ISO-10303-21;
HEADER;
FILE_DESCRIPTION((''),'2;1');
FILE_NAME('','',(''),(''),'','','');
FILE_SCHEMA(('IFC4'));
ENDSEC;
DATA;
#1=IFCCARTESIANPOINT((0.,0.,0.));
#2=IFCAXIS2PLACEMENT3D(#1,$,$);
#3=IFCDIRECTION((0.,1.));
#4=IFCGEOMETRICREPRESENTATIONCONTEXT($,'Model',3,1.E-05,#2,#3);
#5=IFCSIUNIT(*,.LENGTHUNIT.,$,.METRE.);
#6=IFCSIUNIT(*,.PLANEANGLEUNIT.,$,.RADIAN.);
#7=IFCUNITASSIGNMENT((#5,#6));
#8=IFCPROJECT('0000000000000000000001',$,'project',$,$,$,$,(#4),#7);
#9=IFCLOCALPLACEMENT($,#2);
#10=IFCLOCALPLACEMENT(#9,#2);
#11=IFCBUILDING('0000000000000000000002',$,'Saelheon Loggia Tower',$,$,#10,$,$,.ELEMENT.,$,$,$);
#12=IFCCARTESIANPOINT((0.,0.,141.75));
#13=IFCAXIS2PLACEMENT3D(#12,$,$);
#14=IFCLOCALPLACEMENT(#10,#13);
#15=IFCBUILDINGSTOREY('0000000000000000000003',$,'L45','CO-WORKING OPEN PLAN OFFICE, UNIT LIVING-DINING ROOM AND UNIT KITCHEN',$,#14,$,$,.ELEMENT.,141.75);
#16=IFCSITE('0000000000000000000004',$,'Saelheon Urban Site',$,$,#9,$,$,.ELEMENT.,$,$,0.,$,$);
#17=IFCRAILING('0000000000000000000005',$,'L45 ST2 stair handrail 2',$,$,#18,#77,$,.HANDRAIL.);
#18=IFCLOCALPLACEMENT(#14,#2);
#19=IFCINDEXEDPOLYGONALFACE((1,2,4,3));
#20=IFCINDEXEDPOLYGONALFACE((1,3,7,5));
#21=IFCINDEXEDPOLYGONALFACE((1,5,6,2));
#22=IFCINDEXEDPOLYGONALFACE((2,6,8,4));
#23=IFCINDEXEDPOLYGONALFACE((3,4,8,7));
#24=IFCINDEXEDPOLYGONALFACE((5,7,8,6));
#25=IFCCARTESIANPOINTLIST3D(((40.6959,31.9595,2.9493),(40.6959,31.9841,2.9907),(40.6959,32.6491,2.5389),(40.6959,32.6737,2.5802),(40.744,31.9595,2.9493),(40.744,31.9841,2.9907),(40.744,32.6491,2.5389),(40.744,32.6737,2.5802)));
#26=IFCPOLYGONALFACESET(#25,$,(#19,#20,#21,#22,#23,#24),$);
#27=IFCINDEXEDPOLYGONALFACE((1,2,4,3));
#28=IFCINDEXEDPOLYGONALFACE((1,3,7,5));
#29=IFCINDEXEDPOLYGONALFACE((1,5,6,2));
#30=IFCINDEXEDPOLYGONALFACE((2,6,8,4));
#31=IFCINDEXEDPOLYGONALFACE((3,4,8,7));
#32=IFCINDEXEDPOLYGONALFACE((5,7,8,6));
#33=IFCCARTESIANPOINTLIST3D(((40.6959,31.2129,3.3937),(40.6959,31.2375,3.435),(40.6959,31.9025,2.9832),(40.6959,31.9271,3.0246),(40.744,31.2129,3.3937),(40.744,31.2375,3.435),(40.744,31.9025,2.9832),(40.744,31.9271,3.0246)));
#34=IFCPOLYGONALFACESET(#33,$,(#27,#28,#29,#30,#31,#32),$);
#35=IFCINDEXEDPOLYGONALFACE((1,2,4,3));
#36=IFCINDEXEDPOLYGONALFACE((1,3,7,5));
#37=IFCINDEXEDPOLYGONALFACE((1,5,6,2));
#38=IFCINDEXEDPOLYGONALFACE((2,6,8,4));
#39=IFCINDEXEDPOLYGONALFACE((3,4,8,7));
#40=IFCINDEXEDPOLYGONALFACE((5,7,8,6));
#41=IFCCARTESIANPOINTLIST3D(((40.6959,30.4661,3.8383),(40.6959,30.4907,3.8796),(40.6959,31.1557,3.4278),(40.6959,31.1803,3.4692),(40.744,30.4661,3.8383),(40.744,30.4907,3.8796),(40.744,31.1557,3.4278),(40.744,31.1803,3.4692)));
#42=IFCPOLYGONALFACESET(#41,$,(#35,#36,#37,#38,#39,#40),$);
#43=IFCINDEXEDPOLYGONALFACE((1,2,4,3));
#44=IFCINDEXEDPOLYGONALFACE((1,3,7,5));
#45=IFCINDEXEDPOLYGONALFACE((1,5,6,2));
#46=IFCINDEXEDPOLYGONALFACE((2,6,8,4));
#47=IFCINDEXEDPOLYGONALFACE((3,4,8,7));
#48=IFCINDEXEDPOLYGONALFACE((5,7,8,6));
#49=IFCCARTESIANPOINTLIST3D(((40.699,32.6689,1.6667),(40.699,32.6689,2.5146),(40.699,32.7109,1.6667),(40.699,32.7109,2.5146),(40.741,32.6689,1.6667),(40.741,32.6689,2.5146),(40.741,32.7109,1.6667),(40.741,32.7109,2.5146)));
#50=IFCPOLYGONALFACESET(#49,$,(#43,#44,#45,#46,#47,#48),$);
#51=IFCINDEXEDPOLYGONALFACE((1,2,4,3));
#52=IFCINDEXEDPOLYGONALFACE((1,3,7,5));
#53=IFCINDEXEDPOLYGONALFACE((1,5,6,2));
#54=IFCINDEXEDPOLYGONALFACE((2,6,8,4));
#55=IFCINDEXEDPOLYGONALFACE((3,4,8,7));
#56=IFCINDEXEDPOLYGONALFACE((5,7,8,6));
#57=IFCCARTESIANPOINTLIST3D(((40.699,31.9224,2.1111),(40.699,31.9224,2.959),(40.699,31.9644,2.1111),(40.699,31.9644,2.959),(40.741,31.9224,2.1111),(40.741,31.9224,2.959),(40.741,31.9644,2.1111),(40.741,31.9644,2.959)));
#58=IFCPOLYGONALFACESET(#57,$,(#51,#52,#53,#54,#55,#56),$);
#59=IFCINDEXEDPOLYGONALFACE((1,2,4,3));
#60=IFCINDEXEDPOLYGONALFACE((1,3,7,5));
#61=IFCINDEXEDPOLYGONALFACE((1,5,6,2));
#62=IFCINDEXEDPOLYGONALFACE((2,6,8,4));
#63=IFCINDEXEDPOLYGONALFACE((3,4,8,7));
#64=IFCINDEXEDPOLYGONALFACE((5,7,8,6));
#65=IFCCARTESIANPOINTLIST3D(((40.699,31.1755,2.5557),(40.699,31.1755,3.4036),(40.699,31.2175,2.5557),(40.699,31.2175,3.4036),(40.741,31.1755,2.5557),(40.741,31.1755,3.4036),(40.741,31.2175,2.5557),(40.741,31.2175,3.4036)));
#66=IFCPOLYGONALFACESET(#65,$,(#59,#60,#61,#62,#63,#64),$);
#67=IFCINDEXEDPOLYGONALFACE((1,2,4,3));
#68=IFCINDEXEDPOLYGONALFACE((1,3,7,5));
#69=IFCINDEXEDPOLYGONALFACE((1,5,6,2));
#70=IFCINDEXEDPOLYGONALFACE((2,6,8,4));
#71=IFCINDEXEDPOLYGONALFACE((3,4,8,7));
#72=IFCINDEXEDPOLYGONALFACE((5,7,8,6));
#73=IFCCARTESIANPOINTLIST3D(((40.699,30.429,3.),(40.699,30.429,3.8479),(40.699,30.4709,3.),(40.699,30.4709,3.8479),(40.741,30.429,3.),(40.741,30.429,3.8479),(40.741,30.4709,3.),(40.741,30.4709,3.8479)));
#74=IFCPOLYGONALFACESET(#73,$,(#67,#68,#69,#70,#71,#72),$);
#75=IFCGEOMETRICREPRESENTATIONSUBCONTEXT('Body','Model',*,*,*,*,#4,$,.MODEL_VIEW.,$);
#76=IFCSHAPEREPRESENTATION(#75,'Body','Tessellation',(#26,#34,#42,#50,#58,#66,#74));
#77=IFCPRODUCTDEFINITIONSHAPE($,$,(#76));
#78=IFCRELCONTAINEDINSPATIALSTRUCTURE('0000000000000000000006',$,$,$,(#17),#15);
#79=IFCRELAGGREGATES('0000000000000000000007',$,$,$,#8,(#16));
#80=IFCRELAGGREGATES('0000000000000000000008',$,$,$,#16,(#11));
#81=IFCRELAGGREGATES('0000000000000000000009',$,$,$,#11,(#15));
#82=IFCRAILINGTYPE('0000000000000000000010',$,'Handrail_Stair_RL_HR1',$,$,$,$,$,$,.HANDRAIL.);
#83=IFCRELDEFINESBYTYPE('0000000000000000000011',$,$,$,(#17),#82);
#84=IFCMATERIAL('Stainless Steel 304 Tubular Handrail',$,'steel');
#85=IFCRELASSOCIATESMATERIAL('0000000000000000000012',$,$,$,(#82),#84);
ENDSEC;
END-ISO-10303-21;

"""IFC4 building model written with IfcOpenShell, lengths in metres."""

from ifc_helpers import new_model, si_unit, direction, frame, origin, origin_2d, place, context, subcontext, project, spatial, rectangle, extrude, material, type_object, element, save


model = new_model("IFC4")

# Units and contexts
model_context = context("Model", 3, precision=1e-05, world=origin(), true_north=direction((0.0, 1.0)))
body_context = subcontext(model_context, "Body", "Model", "MODEL_VIEW")
ifc_project = project(units=[si_unit("LENGTHUNIT", "METRE"), si_unit("PLANEANGLEUNIT", "RADIAN")], contexts=[model_context])

# Site, building, storey
site_placement = place(None, origin())
site = spatial("IfcSite", under=ifc_project, at=site_placement, Name="Saelheon Urban Site", CompositionType="ELEMENT", RefElevation=0.0)
building_placement = place(site_placement, origin())
building = spatial("IfcBuilding", under=site, at=building_placement, Name="Saelheon Loggia Tower", CompositionType="ELEMENT")
storey_placement = place(building_placement, frame((0.0, 0.0, 141.75)))
storey = spatial("IfcBuildingStorey", under=building, at=storey_placement, Name="L45", Description="CO-WORKING OPEN PLAN OFFICE, UNIT LIVING-DINING ROOM AND UNIT KITCHEN", CompositionType="ELEMENT", Elevation=141.75)

# Railing
ifc_material_1 = material(Name="Stainless Steel 304 Tubular Handrail", Category="steel")
railing_type_1 = type_object("IfcRailingType", Name="Handrail_Stair_RL_HR1", PredefinedType="HANDRAIL", material=ifc_material_1)
railing_1_placement = place(storey_placement, frame((40.72, 32.6899, 1.6667)))
element("IfcRailing", 1, at=railing_1_placement, inside=storey, type_object=railing_type_1, Name="L45 ST2 stair handrail 2", PredefinedType="HANDRAIL", context=body_context, shape_type="SweptSolid", body=[
    extrude(rectangle(XDim=0.0481, YDim=0.0481, at=origin_2d()), frame((0.0, -0.0286, 0.8928), z_axis=(0.0, -0.859306, 0.511462), x_axis=(1.0, 0.0, 0.0)), (0.0, 0.0, 1.0), 0.8025),
    extrude(rectangle(XDim=0.0481, YDim=0.0481, at=origin_2d()), frame((0.0, -0.7751, 1.3372), z_axis=(0.0, -0.859306, 0.511462), x_axis=(1.0, 0.0, 0.0)), (0.0, 0.0, 1.0), 0.8025),
    extrude(rectangle(XDim=0.0481, YDim=0.0481, at=origin_2d()), frame((0.0, -1.522, 1.7817), z_axis=(0.0, -0.859306, 0.511462), x_axis=(1.0, 0.0, 0.0)), (0.0, 0.0, 1.0), 0.8025),
    extrude(rectangle(XDim=0.042, YDim=0.042, at=origin_2d()), origin(), (0.0, 0.0, 1.0), 0.8479),
    extrude(rectangle(XDim=0.042, YDim=0.042, at=origin_2d()), frame((0.0, -0.7466, 0.4443)), (0.0, 0.0, 1.0), 0.8479),
    extrude(rectangle(XDim=0.042, YDim=0.042, at=origin_2d()), frame((0.0, -1.4934, 0.8889)), (0.0, 0.0, 1.0), 0.8479),
    extrude(rectangle(XDim=0.042, YDim=0.042, at=origin_2d()), frame((0.0, -2.24, 1.3333)), (0.0, 0.0, 1.0), 0.8479),
])

save(model, "model.ifc")
